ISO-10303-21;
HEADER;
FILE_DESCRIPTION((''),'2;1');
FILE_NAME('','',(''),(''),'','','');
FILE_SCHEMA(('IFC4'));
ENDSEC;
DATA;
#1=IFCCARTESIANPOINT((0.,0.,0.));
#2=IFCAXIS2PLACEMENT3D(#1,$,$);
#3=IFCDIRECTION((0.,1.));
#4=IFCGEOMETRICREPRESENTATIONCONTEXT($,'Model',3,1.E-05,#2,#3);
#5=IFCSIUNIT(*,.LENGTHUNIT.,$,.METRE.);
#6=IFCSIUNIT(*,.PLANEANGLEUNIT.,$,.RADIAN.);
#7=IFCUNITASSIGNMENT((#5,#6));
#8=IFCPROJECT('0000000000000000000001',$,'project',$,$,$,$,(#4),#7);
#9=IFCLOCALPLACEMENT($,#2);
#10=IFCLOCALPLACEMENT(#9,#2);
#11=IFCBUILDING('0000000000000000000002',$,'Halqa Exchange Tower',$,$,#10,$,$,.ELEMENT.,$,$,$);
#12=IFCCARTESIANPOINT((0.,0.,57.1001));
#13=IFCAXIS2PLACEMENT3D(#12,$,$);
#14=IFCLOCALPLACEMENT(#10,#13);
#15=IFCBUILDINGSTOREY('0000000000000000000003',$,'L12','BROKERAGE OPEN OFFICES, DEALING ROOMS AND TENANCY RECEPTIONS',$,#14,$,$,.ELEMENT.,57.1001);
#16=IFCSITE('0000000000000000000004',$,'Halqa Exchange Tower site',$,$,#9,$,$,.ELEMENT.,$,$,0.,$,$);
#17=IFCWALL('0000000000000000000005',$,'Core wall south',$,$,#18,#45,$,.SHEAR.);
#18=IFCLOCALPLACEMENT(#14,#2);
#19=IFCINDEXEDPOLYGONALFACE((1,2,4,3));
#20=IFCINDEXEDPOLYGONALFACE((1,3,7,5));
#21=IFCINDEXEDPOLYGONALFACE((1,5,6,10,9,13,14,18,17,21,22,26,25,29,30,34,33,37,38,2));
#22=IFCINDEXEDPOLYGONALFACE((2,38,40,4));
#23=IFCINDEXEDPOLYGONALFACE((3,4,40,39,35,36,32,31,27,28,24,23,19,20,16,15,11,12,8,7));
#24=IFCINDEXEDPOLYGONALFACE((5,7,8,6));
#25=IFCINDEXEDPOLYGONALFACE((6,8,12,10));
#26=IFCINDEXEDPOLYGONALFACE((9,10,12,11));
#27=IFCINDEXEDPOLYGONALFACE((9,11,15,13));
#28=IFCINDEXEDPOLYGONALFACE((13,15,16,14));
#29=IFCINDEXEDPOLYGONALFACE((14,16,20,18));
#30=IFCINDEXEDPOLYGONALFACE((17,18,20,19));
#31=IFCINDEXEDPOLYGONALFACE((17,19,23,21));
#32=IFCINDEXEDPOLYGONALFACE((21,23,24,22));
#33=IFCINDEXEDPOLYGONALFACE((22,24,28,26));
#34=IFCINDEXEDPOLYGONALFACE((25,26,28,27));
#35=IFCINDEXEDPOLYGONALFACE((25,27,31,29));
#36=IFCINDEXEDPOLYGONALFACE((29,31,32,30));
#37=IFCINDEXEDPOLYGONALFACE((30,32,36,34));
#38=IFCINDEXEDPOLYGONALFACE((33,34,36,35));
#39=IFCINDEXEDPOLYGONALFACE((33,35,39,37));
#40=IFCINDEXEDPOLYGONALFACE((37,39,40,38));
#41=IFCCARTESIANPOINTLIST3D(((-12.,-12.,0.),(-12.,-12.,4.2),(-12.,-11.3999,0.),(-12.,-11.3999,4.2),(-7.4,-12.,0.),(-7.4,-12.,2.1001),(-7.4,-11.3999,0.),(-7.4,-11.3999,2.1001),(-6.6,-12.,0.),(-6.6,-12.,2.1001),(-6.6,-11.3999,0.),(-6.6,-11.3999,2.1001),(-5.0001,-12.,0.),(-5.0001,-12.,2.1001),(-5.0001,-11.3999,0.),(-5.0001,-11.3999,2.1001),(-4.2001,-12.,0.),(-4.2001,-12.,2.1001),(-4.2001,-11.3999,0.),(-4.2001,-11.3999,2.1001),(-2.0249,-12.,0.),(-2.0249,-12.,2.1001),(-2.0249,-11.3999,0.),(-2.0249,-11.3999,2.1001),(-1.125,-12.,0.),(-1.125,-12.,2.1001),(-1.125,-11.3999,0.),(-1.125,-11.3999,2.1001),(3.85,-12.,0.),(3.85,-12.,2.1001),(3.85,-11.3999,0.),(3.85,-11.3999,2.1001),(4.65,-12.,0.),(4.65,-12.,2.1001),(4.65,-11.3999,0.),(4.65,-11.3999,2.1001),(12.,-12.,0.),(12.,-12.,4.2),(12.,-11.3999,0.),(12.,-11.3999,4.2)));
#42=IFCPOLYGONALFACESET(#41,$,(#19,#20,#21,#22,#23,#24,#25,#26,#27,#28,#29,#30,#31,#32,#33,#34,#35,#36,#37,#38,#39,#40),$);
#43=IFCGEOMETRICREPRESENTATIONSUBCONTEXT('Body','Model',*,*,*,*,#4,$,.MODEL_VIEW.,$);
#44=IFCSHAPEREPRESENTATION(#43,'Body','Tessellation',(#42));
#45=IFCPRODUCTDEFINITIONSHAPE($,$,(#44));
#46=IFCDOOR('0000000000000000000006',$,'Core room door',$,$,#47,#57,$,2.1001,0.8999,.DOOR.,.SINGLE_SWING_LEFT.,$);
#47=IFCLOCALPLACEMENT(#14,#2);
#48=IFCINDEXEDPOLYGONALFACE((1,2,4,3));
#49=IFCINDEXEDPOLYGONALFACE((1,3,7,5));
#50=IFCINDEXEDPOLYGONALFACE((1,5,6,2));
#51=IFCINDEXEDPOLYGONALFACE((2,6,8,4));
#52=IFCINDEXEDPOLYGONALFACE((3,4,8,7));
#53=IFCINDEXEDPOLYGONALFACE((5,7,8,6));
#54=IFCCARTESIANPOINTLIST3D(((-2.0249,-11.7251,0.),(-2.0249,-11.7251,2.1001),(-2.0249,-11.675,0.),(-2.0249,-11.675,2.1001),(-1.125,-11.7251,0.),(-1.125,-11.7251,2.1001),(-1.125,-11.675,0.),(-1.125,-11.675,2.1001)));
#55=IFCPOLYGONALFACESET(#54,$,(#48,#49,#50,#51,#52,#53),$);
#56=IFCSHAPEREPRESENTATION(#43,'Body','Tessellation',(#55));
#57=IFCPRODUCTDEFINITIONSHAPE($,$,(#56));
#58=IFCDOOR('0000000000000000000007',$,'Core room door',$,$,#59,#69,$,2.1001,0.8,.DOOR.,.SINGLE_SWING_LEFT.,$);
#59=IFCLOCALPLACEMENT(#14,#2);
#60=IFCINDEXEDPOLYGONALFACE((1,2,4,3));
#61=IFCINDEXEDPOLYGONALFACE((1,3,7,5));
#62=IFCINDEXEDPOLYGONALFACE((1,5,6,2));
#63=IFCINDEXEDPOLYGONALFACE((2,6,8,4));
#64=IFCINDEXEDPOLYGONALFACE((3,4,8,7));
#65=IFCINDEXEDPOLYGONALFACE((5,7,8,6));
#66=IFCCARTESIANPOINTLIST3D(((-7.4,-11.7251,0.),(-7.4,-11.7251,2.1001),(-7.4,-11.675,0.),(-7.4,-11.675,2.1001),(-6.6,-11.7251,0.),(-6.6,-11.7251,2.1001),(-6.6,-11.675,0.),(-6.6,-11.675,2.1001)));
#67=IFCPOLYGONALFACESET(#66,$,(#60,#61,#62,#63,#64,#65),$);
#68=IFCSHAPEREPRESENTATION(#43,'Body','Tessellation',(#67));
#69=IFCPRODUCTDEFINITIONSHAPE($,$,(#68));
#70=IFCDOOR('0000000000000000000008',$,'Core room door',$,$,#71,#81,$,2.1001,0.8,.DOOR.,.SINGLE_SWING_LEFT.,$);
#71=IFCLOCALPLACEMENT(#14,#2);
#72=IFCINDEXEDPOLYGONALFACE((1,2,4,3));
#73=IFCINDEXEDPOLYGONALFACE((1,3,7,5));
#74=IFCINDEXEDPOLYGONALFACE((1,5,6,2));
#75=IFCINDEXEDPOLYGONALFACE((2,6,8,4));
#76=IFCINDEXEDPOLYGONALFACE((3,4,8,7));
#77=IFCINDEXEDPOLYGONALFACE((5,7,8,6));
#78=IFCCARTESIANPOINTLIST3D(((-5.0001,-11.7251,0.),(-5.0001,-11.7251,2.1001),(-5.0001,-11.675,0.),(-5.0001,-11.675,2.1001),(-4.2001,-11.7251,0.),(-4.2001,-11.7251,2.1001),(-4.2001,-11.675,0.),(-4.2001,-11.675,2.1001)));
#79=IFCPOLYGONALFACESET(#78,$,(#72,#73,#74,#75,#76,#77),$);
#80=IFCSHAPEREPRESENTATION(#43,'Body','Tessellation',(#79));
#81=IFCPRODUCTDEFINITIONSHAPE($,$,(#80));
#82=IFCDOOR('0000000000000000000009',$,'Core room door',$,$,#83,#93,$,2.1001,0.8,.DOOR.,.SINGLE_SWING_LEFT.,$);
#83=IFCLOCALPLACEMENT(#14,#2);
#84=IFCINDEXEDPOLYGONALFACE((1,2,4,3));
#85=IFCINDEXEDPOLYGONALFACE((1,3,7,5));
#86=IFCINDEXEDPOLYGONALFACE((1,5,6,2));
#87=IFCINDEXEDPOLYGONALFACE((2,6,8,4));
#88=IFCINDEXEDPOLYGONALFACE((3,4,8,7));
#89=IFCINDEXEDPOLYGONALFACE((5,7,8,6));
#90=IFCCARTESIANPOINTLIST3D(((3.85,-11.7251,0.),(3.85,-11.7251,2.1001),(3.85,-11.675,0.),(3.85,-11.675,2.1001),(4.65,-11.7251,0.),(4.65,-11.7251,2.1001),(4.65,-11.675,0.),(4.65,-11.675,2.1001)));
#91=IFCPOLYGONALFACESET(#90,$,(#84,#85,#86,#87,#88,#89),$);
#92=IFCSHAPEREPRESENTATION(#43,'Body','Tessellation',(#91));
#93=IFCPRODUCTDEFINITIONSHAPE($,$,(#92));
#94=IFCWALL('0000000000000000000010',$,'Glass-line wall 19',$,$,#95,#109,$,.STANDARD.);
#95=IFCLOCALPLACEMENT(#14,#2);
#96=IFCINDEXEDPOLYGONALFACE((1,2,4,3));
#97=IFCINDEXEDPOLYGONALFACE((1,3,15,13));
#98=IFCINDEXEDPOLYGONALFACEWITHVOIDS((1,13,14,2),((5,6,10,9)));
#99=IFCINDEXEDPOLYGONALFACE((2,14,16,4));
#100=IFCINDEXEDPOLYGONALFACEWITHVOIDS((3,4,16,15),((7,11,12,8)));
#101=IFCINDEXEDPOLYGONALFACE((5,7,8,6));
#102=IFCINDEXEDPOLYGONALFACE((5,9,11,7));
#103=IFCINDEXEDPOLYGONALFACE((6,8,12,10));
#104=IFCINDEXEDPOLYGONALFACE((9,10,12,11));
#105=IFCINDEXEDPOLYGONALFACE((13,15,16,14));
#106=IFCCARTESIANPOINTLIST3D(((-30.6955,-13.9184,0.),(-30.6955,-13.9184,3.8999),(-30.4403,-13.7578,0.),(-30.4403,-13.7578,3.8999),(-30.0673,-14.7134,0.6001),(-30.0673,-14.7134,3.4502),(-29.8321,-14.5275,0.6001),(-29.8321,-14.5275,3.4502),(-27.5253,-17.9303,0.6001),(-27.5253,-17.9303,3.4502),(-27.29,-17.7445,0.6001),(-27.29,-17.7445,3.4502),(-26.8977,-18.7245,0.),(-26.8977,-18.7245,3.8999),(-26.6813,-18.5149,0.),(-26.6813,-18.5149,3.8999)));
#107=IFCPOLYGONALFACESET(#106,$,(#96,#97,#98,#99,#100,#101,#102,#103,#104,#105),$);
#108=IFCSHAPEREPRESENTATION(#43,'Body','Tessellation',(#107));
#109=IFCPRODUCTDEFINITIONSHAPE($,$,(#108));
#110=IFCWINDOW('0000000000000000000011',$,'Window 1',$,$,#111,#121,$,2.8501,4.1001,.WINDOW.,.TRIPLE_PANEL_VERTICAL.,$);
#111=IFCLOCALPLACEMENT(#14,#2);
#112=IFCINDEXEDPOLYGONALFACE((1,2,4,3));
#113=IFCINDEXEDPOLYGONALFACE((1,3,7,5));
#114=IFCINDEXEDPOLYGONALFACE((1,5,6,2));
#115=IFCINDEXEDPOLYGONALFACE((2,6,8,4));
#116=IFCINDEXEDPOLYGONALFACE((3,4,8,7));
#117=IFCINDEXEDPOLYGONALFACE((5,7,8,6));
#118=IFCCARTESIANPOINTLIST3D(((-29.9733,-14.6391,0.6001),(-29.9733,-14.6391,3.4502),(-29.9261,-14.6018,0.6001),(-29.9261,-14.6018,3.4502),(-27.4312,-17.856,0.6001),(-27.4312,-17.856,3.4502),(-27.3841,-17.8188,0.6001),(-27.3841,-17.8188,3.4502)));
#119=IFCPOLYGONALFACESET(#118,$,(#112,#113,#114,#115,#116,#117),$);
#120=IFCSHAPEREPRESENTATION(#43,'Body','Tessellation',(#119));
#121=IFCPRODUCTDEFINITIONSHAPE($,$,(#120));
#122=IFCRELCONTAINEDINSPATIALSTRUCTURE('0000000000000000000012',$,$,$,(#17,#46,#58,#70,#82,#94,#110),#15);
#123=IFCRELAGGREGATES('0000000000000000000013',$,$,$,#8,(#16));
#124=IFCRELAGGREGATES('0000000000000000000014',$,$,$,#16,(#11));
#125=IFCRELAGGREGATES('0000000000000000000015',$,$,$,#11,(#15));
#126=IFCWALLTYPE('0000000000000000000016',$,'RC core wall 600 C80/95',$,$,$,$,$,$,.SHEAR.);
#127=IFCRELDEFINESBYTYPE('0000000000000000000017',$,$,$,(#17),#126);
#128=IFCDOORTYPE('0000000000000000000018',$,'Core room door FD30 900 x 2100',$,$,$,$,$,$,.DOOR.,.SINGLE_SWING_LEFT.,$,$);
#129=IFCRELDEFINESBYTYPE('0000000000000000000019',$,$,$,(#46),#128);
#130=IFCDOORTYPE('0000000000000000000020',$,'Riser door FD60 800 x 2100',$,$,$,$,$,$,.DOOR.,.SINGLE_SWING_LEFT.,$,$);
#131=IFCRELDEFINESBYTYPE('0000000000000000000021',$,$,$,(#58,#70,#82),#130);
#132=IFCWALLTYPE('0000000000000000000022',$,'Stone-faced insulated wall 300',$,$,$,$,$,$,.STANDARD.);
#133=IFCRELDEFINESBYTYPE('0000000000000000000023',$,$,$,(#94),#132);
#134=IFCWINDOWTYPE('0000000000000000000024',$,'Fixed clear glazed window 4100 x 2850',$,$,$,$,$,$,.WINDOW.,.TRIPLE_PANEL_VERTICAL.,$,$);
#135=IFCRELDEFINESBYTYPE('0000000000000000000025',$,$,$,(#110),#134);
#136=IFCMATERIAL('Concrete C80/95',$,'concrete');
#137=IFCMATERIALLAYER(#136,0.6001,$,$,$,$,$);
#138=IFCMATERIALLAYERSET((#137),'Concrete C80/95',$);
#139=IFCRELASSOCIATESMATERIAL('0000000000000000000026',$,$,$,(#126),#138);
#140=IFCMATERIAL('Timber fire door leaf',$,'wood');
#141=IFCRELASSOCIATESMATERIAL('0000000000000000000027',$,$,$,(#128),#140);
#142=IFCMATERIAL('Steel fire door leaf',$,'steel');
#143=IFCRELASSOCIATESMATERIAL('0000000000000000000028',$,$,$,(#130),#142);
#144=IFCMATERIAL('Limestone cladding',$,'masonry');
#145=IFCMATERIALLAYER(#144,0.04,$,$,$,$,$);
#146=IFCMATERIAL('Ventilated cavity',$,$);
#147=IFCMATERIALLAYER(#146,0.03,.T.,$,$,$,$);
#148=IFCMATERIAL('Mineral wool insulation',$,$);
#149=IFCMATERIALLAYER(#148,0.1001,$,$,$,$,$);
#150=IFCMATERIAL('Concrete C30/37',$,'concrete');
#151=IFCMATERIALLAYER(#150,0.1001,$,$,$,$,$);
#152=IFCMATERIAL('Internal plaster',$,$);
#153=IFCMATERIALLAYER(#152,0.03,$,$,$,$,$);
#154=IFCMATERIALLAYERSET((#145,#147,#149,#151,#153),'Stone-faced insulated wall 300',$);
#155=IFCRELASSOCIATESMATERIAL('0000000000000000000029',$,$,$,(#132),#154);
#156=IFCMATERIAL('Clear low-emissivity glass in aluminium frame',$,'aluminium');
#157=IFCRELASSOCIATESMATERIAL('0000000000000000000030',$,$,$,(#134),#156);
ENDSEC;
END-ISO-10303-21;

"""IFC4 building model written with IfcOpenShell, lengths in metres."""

from ifc_helpers import new_model, si_unit, direction, frame, frame_2d, origin, place, context, subcontext, project, spatial, polyline, rectangle, outline, extrude, material, layer, layer_set, type_object, element, fill, save


model = new_model("IFC4")

# Units and contexts
model_context = context("Model", 3, precision=1e-05, world=origin(), true_north=direction((0.0, 1.0)))
body_context = subcontext(model_context, "Body", "Model", "MODEL_VIEW")
ifc_project = project(units=[si_unit("LENGTHUNIT", "METRE"), si_unit("PLANEANGLEUNIT", "RADIAN")], contexts=[model_context])

# Site, building, storey
site_placement = place(None, origin())
site = spatial("IfcSite", under=ifc_project, at=site_placement, Name="Halqa Exchange Tower site", CompositionType="ELEMENT", RefElevation=0.0)
building_placement = place(site_placement, origin())
building = spatial("IfcBuilding", under=site, at=building_placement, Name="Halqa Exchange Tower", CompositionType="ELEMENT")
storey_placement = place(building_placement, frame((0.0, 0.0, 57.1001)))
storey = spatial("IfcBuildingStorey", under=building, at=storey_placement, Name="L12", Description="BROKERAGE OPEN OFFICES, DEALING ROOMS AND TENANCY RECEPTIONS", CompositionType="ELEMENT", Elevation=57.1001)

# Shared definitions
ifc_material_1 = material(Name="Concrete C80/95", Category="concrete")

# Shared definitions
ifc_material_2 = material(Name="Steel fire door leaf", Category="steel")

# Wall, openings, doors
ifc_layer_1 = layer(ifc_material_1, 0.6001)
ifc_layer_set_1 = layer_set([ifc_layer_1], Name="Concrete C80/95")
wall_type_1 = type_object("IfcWallType", Name="RC core wall 600 C80/95", PredefinedType="SHEAR", material=ifc_layer_set_1)
wall_1_placement = place(storey_placement, frame((-12.0, -11.7, 0.0), z_axis=(0.0, 0.0, 1.0), x_axis=(1.0, 0.0, 0.0)))
wall_1 = element("IfcWall", 1, at=wall_1_placement, inside=storey, type_object=wall_type_1, Name="Core wall south", PredefinedType="SHEAR", context=body_context, shape_type="SweptSolid", body=[
    extrude(rectangle(XDim=24.0, YDim=0.6001, at=frame_2d((12.0, 0.0))), origin(), (0.0, 0.0, 1.0), 4.2),
])
opening_1_placement = place(wall_1_placement, frame((9.9751, 0.0, 0.0)))
opening_1 = element("IfcOpeningElement", 2, at=opening_1_placement, cuts=wall_1, PredefinedType="OPENING", context=body_context, shape_type="SweptSolid", body=[
    extrude(rectangle(XDim=0.8999, YDim=2.1001, at=frame_2d((0.45, 1.05))), frame((0.0, 0.312, 0.0), z_axis=(0.0, -1.0, 0.0), x_axis=(1.0, 0.0, 0.0)), (0.0, 0.0, 1.0), 0.624),
])
opening_2_placement = place(wall_1_placement, frame((4.6001, 0.0, 0.0)))
opening_2 = element("IfcOpeningElement", 3, at=opening_2_placement, cuts=wall_1, PredefinedType="OPENING", context=body_context, shape_type="SweptSolid", body=[
    extrude(rectangle(XDim=0.8, YDim=2.1001, at=frame_2d((0.3999, 1.05))), frame((0.0, 0.312, 0.0), z_axis=(0.0, -1.0, 0.0), x_axis=(1.0, 0.0, 0.0)), (0.0, 0.0, 1.0), 0.624),
])
opening_3_placement = place(wall_1_placement, frame((7.0, 0.0, 0.0)))
opening_3 = element("IfcOpeningElement", 4, at=opening_3_placement, cuts=wall_1, PredefinedType="OPENING", context=body_context, shape_type="SweptSolid", body=[
    extrude(rectangle(XDim=0.8, YDim=2.1001, at=frame_2d((0.3999, 1.05))), frame((0.0, 0.312, 0.0), z_axis=(0.0, -1.0, 0.0), x_axis=(1.0, 0.0, 0.0)), (0.0, 0.0, 1.0), 0.624),
])
opening_4_placement = place(wall_1_placement, frame((15.8501, 0.0, 0.0)))
opening_4 = element("IfcOpeningElement", 5, at=opening_4_placement, cuts=wall_1, PredefinedType="OPENING", context=body_context, shape_type="SweptSolid", body=[
    extrude(rectangle(XDim=0.8, YDim=2.1001, at=frame_2d((0.3999, 1.05))), frame((0.0, 0.312, 0.0), z_axis=(0.0, -1.0, 0.0), x_axis=(1.0, 0.0, 0.0)), (0.0, 0.0, 1.0), 0.624),
])
ifc_material_3 = material(Name="Timber fire door leaf", Category="wood")
door_type_1 = type_object("IfcDoorType", Name="Core room door FD30 900 x 2100", OperationType="SINGLE_SWING_LEFT", PredefinedType="DOOR", material=ifc_material_3)
door_1_placement = place(opening_1_placement, origin())
door_1 = element("IfcDoor", 6, at=door_1_placement, inside=storey, type_object=door_type_1, Name="Core room door", OperationType="SINGLE_SWING_LEFT", OverallHeight=2.1001, OverallWidth=0.8999, PredefinedType="DOOR", context=body_context, shape_type="SweptSolid", body=[
    extrude(rectangle(XDim=0.8999, YDim=2.1001, at=frame_2d((0.45, 1.05))), frame((0.0, 0.0249, 0.0), z_axis=(0.0, -1.0, 0.0), x_axis=(1.0, 0.0, 0.0)), (0.0, 0.0, 1.0), 0.05),
])
fill(opening_1, door_1)
door_type_2 = type_object("IfcDoorType", Name="Riser door FD60 800 x 2100", OperationType="SINGLE_SWING_LEFT", PredefinedType="DOOR", material=ifc_material_2)
door_2_placement = place(opening_2_placement, origin())
door_2 = element("IfcDoor", 7, at=door_2_placement, inside=storey, type_object=door_type_2, Name="Core room door", OperationType="SINGLE_SWING_LEFT", OverallHeight=2.1001, OverallWidth=0.8, PredefinedType="DOOR", context=body_context, shape_type="SweptSolid", body=[
    extrude(rectangle(XDim=0.8, YDim=2.1001, at=frame_2d((0.3999, 1.05))), frame((0.0, 0.0249, 0.0), z_axis=(0.0, -1.0, 0.0), x_axis=(1.0, 0.0, 0.0)), (0.0, 0.0, 1.0), 0.05),
])
fill(opening_2, door_2)
door_3_placement = place(opening_3_placement, origin())
door_3 = element("IfcDoor", 8, at=door_3_placement, inside=storey, type_object=door_type_2, Name="Core room door", OperationType="SINGLE_SWING_LEFT", OverallHeight=2.1001, OverallWidth=0.8, PredefinedType="DOOR", context=body_context, shape_type="SweptSolid", body=[
    extrude(rectangle(XDim=0.8, YDim=2.1001, at=frame_2d((0.3999, 1.05))), frame((0.0, 0.0249, 0.0), z_axis=(0.0, -1.0, 0.0), x_axis=(1.0, 0.0, 0.0)), (0.0, 0.0, 1.0), 0.05),
])
fill(opening_3, door_3)
door_4_placement = place(opening_4_placement, origin())
door_4 = element("IfcDoor", 9, at=door_4_placement, inside=storey, type_object=door_type_2, Name="Core room door", OperationType="SINGLE_SWING_LEFT", OverallHeight=2.1001, OverallWidth=0.8, PredefinedType="DOOR", context=body_context, shape_type="SweptSolid", body=[
    extrude(rectangle(XDim=0.8, YDim=2.1001, at=frame_2d((0.3999, 1.05))), frame((0.0, 0.0249, 0.0), z_axis=(0.0, -1.0, 0.0), x_axis=(1.0, 0.0, 0.0)), (0.0, 0.0, 1.0), 0.05),
])
fill(opening_4, door_4)

# Wall, opening, window
ifc_material_4 = material(Name="Limestone cladding", Category="masonry")
ifc_layer_2 = layer(ifc_material_4, 0.04)
ifc_material_5 = material(Name="Ventilated cavity")
ifc_layer_3 = layer(ifc_material_5, 0.03, ventilated=True)
ifc_material_6 = material(Name="Mineral wool insulation")
ifc_layer_4 = layer(ifc_material_6, 0.1001)
ifc_material_7 = material(Name="Concrete C30/37", Category="concrete")
ifc_layer_5 = layer(ifc_material_7, 0.1001)
ifc_material_8 = material(Name="Internal plaster")
ifc_layer_6 = layer(ifc_material_8, 0.03)
ifc_layer_set_2 = layer_set([ifc_layer_2, ifc_layer_3, ifc_layer_4, ifc_layer_5, ifc_layer_6], Name="Stone-faced insulated wall 300")
wall_type_2 = type_object("IfcWallType", Name="Stone-faced insulated wall 300", PredefinedType="STANDARD", material=ifc_layer_set_2)
wall_2_placement = place(storey_placement, frame((-30.5679, -13.8381, 0.0), z_axis=(0.0, 0.0, 1.0), x_axis=(0.619994, -0.784607, 0.0)))
wall_2 = element("IfcWall", 10, at=wall_2_placement, inside=storey, type_object=wall_type_2, Name="Glass-line wall 19", PredefinedType="STANDARD", context=body_context, shape_type="SweptSolid", body=[
    extrude(outline(polyline([(-0.0161, -0.1499), (6.1094, -0.1499), (6.0791, 0.1499), (0.0161, 0.1499), (-0.0161, -0.1499)])), origin(), (0.0, 0.0, 1.0), 3.8999),
])
opening_5_placement = place(wall_2_placement, frame((0.9971, 0.0, 0.6001)))
opening_5 = element("IfcOpeningElement", 11, at=opening_5_placement, cuts=wall_2, PredefinedType="OPENING", context=body_context, shape_type="SweptSolid", body=[
    extrude(rectangle(XDim=4.1001, YDim=2.8501, at=frame_2d((2.05, 1.425))), frame((0.0, 0.1621, 0.0), z_axis=(0.0, -1.0, 0.0), x_axis=(1.0, 0.0, 0.0)), (0.0, 0.0, 1.0), 0.324),
])
ifc_material_9 = material(Name="Clear low-emissivity glass in aluminium frame", Category="aluminium")
window_type = type_object("IfcWindowType", Name="Fixed clear glazed window 4100 x 2850", PartitioningType="TRIPLE_PANEL_VERTICAL", PredefinedType="WINDOW", material=ifc_material_9)
window_placement = place(opening_5_placement, origin())
window = element("IfcWindow", 12, at=window_placement, inside=storey, type_object=window_type, Name="Window 1", OverallHeight=2.8501, OverallWidth=4.1001, PartitioningType="TRIPLE_PANEL_VERTICAL", PredefinedType="WINDOW", context=body_context, shape_type="SweptSolid", body=[
    extrude(rectangle(XDim=4.1001, YDim=2.8501, at=frame_2d((2.05, 1.425))), frame((0.0, 0.03, 0.0), z_axis=(0.0, -1.0, 0.0), x_axis=(1.0, 0.0, 0.0)), (0.0, 0.0, 1.0), 0.0601),
])
fill(opening_5, window)

save(model, "model.ifc")
